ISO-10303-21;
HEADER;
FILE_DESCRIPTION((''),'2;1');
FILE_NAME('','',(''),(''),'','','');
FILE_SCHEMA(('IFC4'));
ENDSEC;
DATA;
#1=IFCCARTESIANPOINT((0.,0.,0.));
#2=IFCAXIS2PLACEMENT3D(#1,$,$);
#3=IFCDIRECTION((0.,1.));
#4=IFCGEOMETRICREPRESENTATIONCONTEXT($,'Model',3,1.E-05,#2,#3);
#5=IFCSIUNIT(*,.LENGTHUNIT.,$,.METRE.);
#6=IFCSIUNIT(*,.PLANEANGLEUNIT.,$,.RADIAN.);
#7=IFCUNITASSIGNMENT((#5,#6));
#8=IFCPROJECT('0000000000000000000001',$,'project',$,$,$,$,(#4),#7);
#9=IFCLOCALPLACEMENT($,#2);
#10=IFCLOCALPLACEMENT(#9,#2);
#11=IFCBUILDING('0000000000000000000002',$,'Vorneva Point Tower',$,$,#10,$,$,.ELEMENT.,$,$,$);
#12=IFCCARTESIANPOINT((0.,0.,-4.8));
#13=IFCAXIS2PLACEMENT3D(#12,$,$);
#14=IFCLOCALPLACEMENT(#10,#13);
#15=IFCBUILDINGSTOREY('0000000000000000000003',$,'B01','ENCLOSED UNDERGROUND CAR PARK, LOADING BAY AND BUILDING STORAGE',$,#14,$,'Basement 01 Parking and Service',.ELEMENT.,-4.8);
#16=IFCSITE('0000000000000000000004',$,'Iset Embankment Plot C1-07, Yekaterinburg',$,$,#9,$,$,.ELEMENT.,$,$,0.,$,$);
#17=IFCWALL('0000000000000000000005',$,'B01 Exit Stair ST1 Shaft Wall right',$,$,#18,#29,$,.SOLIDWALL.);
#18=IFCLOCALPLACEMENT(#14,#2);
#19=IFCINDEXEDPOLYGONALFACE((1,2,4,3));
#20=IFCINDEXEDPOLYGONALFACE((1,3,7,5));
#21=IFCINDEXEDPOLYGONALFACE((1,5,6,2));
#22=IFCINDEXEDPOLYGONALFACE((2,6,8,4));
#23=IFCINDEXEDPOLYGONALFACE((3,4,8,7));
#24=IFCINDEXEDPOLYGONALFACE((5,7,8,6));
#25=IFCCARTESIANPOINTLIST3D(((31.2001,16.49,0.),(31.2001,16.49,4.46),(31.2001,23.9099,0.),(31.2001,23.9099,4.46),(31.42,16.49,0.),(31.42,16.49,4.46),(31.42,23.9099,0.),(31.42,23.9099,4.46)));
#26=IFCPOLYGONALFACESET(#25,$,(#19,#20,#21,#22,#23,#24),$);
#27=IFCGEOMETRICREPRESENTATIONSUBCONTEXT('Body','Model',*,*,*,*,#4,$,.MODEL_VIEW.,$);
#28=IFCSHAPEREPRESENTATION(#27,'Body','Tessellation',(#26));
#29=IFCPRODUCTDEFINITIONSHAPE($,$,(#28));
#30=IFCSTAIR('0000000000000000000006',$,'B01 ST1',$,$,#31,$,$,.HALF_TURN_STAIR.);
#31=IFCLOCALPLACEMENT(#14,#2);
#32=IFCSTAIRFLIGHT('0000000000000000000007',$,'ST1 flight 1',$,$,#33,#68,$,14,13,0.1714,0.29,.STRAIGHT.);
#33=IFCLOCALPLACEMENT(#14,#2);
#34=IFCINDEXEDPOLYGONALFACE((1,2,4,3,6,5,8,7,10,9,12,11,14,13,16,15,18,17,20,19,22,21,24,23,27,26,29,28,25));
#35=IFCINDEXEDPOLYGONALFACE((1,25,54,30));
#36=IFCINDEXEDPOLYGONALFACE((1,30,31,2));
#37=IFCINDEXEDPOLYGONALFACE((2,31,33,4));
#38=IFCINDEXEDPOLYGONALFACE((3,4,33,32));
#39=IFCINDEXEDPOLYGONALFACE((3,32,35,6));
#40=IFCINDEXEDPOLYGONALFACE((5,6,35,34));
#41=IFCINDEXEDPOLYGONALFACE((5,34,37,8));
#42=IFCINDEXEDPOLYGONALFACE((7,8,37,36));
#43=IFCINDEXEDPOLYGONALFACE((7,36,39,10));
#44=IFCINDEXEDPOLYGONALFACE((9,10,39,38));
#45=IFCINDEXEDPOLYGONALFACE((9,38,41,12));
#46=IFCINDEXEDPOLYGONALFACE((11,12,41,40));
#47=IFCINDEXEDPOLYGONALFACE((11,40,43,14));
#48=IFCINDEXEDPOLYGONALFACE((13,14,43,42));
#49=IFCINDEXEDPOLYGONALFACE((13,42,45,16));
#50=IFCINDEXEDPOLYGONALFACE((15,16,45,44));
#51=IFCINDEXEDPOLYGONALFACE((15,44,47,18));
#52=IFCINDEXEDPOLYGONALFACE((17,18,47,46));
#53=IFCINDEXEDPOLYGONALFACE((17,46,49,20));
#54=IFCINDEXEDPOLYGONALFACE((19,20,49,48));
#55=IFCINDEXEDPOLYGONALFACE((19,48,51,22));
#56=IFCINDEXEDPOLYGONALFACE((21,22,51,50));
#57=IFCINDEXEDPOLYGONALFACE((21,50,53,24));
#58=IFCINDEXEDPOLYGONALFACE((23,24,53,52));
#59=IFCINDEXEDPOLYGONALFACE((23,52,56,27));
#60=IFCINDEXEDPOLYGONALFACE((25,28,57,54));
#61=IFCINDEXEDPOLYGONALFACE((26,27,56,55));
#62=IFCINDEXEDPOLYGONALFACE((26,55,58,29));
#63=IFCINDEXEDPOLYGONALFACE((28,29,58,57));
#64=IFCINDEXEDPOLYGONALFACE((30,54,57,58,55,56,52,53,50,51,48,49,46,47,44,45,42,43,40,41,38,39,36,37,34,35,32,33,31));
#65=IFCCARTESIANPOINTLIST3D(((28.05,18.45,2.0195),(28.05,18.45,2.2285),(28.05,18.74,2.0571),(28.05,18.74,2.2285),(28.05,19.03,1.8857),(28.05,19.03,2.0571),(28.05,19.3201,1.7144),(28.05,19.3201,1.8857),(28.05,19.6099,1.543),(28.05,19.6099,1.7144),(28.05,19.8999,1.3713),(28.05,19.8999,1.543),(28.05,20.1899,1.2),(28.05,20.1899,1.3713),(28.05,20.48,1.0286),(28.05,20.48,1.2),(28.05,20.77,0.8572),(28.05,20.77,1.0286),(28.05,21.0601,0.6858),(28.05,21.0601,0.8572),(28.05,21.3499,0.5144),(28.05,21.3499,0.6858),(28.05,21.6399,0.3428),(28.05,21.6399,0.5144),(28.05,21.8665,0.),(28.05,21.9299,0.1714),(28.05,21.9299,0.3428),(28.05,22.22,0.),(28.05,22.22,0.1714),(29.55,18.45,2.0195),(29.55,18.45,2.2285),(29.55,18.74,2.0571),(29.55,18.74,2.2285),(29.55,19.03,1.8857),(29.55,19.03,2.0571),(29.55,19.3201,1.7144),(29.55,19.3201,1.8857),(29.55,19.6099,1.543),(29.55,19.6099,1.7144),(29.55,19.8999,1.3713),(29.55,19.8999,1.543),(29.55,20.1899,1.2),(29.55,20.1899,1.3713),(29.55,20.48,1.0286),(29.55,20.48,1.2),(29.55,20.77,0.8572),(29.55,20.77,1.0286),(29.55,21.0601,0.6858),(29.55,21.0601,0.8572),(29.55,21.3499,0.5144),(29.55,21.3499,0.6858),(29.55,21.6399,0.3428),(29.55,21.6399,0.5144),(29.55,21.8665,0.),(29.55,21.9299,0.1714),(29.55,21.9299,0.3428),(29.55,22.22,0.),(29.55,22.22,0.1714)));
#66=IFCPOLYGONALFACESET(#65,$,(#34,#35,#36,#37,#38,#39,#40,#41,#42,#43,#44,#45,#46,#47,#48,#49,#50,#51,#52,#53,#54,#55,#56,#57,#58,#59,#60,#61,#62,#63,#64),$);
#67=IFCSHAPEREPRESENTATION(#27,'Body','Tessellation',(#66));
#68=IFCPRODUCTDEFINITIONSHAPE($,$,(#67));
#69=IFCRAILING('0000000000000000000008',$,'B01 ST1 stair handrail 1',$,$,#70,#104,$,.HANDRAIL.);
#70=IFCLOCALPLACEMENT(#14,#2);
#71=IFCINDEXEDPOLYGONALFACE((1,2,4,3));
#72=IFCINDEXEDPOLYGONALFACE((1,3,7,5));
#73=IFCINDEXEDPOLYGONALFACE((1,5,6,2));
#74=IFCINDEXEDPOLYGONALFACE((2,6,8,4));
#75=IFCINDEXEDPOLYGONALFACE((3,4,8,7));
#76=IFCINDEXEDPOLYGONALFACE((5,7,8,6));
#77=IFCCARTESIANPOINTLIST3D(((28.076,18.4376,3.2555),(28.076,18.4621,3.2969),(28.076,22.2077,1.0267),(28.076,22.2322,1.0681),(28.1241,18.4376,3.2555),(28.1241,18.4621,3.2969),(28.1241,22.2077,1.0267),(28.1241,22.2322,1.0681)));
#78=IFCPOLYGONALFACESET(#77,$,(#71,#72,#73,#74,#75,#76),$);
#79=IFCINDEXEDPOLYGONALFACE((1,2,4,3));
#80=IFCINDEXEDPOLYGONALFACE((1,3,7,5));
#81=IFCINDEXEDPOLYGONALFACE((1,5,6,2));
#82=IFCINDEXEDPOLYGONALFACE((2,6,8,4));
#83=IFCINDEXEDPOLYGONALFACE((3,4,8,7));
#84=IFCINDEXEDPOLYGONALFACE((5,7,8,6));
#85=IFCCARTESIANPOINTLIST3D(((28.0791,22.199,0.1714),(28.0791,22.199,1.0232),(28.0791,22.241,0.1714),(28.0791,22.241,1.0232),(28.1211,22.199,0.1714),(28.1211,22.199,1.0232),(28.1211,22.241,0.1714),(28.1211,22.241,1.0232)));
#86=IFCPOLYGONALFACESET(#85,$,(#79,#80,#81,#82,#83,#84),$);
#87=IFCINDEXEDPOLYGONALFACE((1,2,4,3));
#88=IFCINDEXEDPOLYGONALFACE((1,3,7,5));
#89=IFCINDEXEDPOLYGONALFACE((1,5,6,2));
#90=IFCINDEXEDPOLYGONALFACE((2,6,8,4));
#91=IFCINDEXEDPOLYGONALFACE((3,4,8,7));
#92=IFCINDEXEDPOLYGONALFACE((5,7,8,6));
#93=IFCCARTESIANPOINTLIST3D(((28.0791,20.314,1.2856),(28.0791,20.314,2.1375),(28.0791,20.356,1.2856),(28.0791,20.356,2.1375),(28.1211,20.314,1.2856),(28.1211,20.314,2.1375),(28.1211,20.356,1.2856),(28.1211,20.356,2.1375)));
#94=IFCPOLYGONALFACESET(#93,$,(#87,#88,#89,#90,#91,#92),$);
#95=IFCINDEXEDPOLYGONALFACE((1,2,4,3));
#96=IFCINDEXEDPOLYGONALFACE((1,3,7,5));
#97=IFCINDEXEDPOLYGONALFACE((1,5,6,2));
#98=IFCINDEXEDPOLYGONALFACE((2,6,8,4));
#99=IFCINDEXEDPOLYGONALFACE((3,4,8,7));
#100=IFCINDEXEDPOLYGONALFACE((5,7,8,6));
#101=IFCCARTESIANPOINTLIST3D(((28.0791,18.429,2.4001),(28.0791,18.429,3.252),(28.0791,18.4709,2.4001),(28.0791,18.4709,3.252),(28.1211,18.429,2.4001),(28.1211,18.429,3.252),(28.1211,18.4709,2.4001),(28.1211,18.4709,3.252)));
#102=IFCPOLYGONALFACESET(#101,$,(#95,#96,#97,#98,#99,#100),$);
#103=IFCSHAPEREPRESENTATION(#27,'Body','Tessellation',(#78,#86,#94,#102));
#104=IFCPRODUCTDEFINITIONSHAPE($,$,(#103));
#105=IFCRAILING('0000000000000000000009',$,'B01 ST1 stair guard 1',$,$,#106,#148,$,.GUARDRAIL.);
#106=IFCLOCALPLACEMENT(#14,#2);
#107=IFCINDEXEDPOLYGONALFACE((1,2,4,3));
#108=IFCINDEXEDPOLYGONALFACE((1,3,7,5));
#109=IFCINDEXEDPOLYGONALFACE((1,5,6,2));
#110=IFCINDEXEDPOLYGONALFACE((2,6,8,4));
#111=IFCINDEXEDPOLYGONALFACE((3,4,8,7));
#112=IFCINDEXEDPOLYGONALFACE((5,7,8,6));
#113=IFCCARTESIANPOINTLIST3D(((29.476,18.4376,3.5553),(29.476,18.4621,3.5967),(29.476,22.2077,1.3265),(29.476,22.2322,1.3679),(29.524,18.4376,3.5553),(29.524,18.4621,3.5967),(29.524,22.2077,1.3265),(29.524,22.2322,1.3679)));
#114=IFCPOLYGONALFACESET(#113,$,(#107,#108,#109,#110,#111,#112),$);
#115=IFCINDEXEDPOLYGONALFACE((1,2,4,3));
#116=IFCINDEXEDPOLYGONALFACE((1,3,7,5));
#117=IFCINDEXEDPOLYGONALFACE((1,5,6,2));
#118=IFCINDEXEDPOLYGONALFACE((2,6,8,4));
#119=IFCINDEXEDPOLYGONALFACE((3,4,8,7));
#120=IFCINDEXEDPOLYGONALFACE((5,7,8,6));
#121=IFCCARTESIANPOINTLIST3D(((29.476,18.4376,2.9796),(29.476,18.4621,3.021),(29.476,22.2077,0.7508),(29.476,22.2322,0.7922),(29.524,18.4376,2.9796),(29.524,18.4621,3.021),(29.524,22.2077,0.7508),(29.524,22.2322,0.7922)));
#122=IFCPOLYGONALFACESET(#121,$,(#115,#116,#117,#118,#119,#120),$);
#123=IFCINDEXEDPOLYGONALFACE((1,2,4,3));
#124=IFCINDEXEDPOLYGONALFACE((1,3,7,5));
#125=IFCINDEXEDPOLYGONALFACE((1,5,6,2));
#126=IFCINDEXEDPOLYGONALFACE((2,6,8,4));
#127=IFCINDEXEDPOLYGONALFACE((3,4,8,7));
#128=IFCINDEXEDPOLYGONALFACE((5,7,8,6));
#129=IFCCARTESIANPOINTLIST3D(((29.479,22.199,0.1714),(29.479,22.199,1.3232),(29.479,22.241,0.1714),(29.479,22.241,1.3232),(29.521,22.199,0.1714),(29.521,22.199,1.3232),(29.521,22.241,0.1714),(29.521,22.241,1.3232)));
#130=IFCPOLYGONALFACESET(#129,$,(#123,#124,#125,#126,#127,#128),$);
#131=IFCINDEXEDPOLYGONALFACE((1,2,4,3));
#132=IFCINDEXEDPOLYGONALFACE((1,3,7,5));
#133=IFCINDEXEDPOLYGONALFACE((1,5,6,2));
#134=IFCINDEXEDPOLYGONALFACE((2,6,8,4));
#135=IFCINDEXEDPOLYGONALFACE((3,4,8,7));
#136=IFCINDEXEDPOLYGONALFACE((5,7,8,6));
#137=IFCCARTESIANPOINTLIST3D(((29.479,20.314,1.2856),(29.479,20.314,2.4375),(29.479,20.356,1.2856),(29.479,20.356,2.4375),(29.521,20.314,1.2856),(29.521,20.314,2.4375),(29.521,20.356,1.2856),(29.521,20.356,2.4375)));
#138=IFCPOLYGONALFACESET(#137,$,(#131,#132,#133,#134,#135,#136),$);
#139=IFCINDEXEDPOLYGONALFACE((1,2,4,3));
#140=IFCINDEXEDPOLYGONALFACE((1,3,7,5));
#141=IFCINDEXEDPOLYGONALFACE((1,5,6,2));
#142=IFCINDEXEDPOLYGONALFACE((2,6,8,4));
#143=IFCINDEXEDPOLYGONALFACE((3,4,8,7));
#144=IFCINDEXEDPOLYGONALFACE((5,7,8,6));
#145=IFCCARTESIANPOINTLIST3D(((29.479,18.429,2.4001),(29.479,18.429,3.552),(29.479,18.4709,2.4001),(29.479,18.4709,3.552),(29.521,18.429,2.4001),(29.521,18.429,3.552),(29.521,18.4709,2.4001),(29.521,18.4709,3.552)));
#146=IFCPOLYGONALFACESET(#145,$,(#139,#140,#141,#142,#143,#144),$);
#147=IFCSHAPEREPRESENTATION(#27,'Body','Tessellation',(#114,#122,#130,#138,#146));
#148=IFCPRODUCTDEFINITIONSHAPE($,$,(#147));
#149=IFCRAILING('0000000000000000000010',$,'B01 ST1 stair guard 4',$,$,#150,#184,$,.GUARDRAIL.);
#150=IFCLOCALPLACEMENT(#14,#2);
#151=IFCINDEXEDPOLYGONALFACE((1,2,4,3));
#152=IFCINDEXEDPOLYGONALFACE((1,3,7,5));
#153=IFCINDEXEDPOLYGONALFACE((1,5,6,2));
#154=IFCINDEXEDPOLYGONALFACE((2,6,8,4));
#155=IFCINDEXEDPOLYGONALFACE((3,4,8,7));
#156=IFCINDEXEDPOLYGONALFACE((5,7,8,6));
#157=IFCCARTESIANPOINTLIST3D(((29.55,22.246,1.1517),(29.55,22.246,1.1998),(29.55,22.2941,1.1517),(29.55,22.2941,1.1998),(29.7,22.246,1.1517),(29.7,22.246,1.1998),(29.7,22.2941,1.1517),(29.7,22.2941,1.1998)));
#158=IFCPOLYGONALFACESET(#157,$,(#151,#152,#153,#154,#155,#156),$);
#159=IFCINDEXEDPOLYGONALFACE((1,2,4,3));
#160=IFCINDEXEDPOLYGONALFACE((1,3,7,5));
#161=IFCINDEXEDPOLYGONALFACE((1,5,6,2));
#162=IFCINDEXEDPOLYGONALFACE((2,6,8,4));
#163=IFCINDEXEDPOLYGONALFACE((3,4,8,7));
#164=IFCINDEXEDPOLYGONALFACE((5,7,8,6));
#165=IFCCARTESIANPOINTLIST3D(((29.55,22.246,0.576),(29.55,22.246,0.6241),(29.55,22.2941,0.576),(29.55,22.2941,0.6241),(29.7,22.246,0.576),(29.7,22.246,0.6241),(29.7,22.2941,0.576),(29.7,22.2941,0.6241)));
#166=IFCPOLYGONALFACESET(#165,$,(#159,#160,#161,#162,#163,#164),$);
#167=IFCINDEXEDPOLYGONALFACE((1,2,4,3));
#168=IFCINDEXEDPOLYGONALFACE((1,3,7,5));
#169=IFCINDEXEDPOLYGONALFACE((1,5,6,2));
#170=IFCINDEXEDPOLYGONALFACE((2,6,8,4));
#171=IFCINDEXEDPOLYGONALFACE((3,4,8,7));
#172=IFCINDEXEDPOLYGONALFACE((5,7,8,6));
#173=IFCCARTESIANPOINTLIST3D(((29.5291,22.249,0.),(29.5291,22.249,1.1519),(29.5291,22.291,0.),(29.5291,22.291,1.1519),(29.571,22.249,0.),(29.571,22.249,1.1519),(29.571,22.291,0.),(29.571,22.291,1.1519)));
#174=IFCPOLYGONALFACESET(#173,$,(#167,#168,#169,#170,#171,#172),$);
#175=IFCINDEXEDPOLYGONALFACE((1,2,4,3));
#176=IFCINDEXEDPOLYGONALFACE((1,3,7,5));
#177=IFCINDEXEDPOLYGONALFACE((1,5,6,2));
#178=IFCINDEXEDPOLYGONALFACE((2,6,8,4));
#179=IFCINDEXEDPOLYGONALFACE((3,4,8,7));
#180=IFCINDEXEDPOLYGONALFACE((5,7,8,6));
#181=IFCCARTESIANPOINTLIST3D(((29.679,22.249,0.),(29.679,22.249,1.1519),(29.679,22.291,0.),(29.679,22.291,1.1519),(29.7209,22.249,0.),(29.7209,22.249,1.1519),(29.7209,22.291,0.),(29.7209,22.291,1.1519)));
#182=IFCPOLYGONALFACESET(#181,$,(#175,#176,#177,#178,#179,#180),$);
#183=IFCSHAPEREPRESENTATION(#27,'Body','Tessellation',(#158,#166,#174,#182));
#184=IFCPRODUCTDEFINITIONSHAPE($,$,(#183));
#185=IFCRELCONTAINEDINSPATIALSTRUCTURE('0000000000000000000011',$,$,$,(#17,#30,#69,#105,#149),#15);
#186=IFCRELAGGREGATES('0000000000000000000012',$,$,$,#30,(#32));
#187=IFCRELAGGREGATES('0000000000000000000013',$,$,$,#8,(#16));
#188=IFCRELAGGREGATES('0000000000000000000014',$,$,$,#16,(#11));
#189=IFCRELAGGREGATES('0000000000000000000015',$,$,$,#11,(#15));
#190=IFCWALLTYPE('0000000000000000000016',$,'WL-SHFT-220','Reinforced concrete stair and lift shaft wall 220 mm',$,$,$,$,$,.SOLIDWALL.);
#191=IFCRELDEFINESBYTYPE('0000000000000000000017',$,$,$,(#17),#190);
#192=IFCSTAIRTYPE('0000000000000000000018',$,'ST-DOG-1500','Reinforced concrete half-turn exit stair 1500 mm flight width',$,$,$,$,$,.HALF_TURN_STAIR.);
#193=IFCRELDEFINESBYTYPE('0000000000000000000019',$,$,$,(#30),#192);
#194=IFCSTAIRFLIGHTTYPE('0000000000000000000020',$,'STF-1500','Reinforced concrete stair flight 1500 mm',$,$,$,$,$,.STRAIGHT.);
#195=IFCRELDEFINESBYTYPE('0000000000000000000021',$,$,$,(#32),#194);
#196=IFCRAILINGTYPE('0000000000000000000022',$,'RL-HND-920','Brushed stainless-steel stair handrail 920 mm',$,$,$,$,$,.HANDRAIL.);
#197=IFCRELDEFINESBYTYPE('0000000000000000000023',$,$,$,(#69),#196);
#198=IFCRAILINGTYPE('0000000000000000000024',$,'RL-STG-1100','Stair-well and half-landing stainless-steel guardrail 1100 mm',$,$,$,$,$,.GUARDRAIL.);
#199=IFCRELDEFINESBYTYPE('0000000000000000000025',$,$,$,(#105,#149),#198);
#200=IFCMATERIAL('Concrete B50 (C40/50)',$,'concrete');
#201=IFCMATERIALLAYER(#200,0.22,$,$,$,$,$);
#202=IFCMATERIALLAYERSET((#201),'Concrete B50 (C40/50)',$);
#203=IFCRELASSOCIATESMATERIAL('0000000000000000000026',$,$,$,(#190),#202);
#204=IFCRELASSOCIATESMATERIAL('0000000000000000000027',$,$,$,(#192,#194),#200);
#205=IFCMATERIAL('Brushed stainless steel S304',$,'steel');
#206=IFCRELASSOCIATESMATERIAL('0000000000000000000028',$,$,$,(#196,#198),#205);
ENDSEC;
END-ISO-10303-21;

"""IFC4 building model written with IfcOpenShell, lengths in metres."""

from ifc_helpers import new_model, si_unit, direction, frame, frame_2d, origin, origin_2d, place, context, subcontext, project, spatial, polyline, rectangle, outline, extrude, material, layer, layer_set, type_object, element, aggregate, save


model = new_model("IFC4")

# Units and contexts
model_context = context("Model", 3, precision=1e-05, world=origin(), true_north=direction((0.0, 1.0)))
body_context = subcontext(model_context, "Body", "Model", "MODEL_VIEW")
ifc_project = project(units=[si_unit("LENGTHUNIT", "METRE"), si_unit("PLANEANGLEUNIT", "RADIAN")], contexts=[model_context])

# Site, building, storey
site_placement = place(None, origin())
site = spatial("IfcSite", under=ifc_project, at=site_placement, Name="Iset Embankment Plot C1-07, Yekaterinburg", CompositionType="ELEMENT", RefElevation=0.0)
building_placement = place(site_placement, origin())
building = spatial("IfcBuilding", under=site, at=building_placement, Name="Vorneva Point Tower", CompositionType="ELEMENT")
storey_placement = place(building_placement, frame((0.0, 0.0, -4.8)))
storey = spatial("IfcBuildingStorey", under=building, at=storey_placement, Name="B01", Description="ENCLOSED UNDERGROUND CAR PARK, LOADING BAY AND BUILDING STORAGE", LongName="Basement 01 Parking and Service", CompositionType="ELEMENT", Elevation=-4.8)

# Shared definitions
ifc_material_1 = material(Name="Brushed stainless steel S304", Category="steel")

# Shared definitions
ifc_material_2 = material(Name="Concrete B50 (C40/50)", Category="concrete")
ifc_layer_1 = layer(ifc_material_2, 0.22)
ifc_layer_set_1 = layer_set([ifc_layer_1], Name="Concrete B50 (C40/50)")
wall_type_1 = type_object("IfcWallType", Name="WL-SHFT-220", Description="Reinforced concrete stair and lift shaft wall 220 mm", PredefinedType="SOLIDWALL", material=ifc_layer_set_1)

# Wall
wall_1_placement = place(storey_placement, frame((31.3101, 23.9099, 0.0), z_axis=(0.0, 0.0, 1.0), x_axis=(0.0, -1.0, 0.0)))
element("IfcWall", 1, at=wall_1_placement, inside=storey, type_object=wall_type_1, Name="B01 Exit Stair ST1 Shaft Wall right", PredefinedType="SOLIDWALL", context=body_context, shape_type="SweptSolid", body=[
    extrude(rectangle(XDim=7.4199, YDim=0.22, at=frame_2d((3.71, 0.0))), origin(), (0.0, 0.0, 1.0), 4.46),
])

# Stair, stair flight
stair_type = type_object("IfcStairType", Name="ST-DOG-1500", Description="Reinforced concrete half-turn exit stair 1500 mm flight width", PredefinedType="HALF_TURN_STAIR", material=ifc_material_2)
stair_placement = place(storey_placement, origin())
stair = element("IfcStair", 2, at=stair_placement, inside=storey, type_object=stair_type, Name="B01 ST1", PredefinedType="HALF_TURN_STAIR")
stair_flight_type = type_object("IfcStairFlightType", Name="STF-1500", Description="Reinforced concrete stair flight 1500 mm", PredefinedType="STRAIGHT", material=ifc_material_2)
stair_flight_placement = place(storey_placement, frame((28.8, 22.22, 0.0), z_axis=(0.0, 0.0, 1.0), x_axis=(0.0, -1.0, 0.0)))
stair_flight = element("IfcStairFlight", 3, at=stair_flight_placement, type_object=stair_flight_type, Name="ST1 flight 1", NumberOfRisers=14, NumberOfTreads=13, PredefinedType="STRAIGHT", RiserHeight=0.1714, TreadLength=0.29, context=body_context, shape_type="SweptSolid", body=[
    extrude(outline(polyline([(0.0, 0.0), (0.0, 0.1714), (0.29, 0.1714), (0.29, 0.3428), (0.5801, 0.3428), (0.5801, 0.5144), (0.8701, 0.5144), (0.8701, 0.6858), (1.1599, 0.6858), (1.1599, 0.8572), (1.45, 0.8572), (1.45, 1.0286), (1.74, 1.0286), (1.74, 1.2), (2.03, 1.2), (2.03, 1.3713), (2.3201, 1.3713), (2.3201, 1.543), (2.6101, 1.543), (2.6101, 1.7144), (2.8999, 1.7144), (2.8999, 1.8857), (3.1899, 1.8857), (3.1899, 2.0571), (3.48, 2.0571), (3.48, 2.2285), (3.77, 2.2285), (3.77, 2.3999), (3.77, 2.0195), (0.3535, 0.0), (0.0, 0.0)])), frame((0.0, 0.75, 0.0), z_axis=(0.0, -1.0, 0.0), x_axis=(1.0, 0.0, 0.0)), (0.0, 0.0, 1.0), 1.5),
])
aggregate(stair, [stair_flight])

# Railings
railing_type_1 = type_object("IfcRailingType", Name="RL-HND-920", Description="Brushed stainless-steel stair handrail 920 mm", PredefinedType="HANDRAIL", material=ifc_material_1)
railing_1_placement = place(storey_placement, frame((28.1001, 22.22, 0.1714)))
element("IfcRailing", 4, at=railing_1_placement, inside=storey, type_object=railing_type_1, Name="B01 ST1 stair handrail 1", PredefinedType="HANDRAIL", context=body_context, shape_type="SweptSolid", body=[
    extrude(rectangle(XDim=0.0481, YDim=0.0481, at=origin_2d()), frame((0.0, 0.0, 0.876), z_axis=(0.0, -0.860824, 0.508902), x_axis=(1.0, 0.0, 0.0)), (0.0, 0.0, 1.0), 4.3796),
    extrude(rectangle(XDim=0.042, YDim=0.042, at=origin_2d()), origin(), (0.0, 0.0, 1.0), 0.8518),
    extrude(rectangle(XDim=0.042, YDim=0.042, at=origin_2d()), frame((0.0, -1.885, 1.1143)), (0.0, 0.0, 1.0), 0.8518),
    extrude(rectangle(XDim=0.042, YDim=0.042, at=origin_2d()), frame((0.0, -3.77, 2.2288)), (0.0, 0.0, 1.0), 0.8518),
])
railing_type_2 = type_object("IfcRailingType", Name="RL-STG-1100", Description="Stair-well and half-landing stainless-steel guardrail 1100 mm", PredefinedType="GUARDRAIL", material=ifc_material_1)
railing_2_placement = place(storey_placement, frame((29.5, 22.22, 0.1714)))
element("IfcRailing", 5, at=railing_2_placement, inside=storey, type_object=railing_type_2, Name="B01 ST1 stair guard 1", PredefinedType="GUARDRAIL", context=body_context, shape_type="SweptSolid", body=[
    extrude(rectangle(XDim=0.0481, YDim=0.0481, at=origin_2d()), frame((0.0, 0.0, 1.1758), z_axis=(0.0, -0.860824, 0.508902), x_axis=(1.0, 0.0, 0.0)), (0.0, 0.0, 1.0), 4.3796),
    extrude(rectangle(XDim=0.0481, YDim=0.0481, at=origin_2d()), frame((0.0, 0.0, 0.6001), z_axis=(0.0, -0.860824, 0.508902), x_axis=(1.0, 0.0, 0.0)), (0.0, 0.0, 1.0), 4.3796),
    extrude(rectangle(XDim=0.042, YDim=0.042, at=origin_2d()), origin(), (0.0, 0.0, 1.0), 1.1519),
    extrude(rectangle(XDim=0.042, YDim=0.042, at=origin_2d()), frame((0.0, -1.885, 1.1143)), (0.0, 0.0, 1.0), 1.1519),
    extrude(rectangle(XDim=0.042, YDim=0.042, at=origin_2d()), frame((0.0, -3.77, 2.2288)), (0.0, 0.0, 1.0), 1.1519),
])
railing_3_placement = place(storey_placement, frame((29.55, 22.27, 0.0)))
element("IfcRailing", 6, at=railing_3_placement, inside=storey, type_object=railing_type_2, Name="B01 ST1 stair guard 4", PredefinedType="GUARDRAIL", context=body_context, shape_type="SweptSolid", body=[
    extrude(rectangle(XDim=0.0481, YDim=0.0481, at=origin_2d()), frame((0.0, 0.0, 1.1758), z_axis=(1.0, 0.0, 0.0), x_axis=(0.0, 1.0, 0.0)), (0.0, 0.0, 1.0), 0.1499),
    extrude(rectangle(XDim=0.0481, YDim=0.0481, at=origin_2d()), frame((0.0, 0.0, 0.6001), z_axis=(1.0, 0.0, 0.0), x_axis=(0.0, 1.0, 0.0)), (0.0, 0.0, 1.0), 0.1499),
    extrude(rectangle(XDim=0.042, YDim=0.042, at=origin_2d()), origin(), (0.0, 0.0, 1.0), 1.1519),
    extrude(rectangle(XDim=0.042, YDim=0.042, at=origin_2d()), frame((0.1499, 0.0, 0.0)), (0.0, 0.0, 1.0), 1.1519),
])

save(model, "model.ifc")
